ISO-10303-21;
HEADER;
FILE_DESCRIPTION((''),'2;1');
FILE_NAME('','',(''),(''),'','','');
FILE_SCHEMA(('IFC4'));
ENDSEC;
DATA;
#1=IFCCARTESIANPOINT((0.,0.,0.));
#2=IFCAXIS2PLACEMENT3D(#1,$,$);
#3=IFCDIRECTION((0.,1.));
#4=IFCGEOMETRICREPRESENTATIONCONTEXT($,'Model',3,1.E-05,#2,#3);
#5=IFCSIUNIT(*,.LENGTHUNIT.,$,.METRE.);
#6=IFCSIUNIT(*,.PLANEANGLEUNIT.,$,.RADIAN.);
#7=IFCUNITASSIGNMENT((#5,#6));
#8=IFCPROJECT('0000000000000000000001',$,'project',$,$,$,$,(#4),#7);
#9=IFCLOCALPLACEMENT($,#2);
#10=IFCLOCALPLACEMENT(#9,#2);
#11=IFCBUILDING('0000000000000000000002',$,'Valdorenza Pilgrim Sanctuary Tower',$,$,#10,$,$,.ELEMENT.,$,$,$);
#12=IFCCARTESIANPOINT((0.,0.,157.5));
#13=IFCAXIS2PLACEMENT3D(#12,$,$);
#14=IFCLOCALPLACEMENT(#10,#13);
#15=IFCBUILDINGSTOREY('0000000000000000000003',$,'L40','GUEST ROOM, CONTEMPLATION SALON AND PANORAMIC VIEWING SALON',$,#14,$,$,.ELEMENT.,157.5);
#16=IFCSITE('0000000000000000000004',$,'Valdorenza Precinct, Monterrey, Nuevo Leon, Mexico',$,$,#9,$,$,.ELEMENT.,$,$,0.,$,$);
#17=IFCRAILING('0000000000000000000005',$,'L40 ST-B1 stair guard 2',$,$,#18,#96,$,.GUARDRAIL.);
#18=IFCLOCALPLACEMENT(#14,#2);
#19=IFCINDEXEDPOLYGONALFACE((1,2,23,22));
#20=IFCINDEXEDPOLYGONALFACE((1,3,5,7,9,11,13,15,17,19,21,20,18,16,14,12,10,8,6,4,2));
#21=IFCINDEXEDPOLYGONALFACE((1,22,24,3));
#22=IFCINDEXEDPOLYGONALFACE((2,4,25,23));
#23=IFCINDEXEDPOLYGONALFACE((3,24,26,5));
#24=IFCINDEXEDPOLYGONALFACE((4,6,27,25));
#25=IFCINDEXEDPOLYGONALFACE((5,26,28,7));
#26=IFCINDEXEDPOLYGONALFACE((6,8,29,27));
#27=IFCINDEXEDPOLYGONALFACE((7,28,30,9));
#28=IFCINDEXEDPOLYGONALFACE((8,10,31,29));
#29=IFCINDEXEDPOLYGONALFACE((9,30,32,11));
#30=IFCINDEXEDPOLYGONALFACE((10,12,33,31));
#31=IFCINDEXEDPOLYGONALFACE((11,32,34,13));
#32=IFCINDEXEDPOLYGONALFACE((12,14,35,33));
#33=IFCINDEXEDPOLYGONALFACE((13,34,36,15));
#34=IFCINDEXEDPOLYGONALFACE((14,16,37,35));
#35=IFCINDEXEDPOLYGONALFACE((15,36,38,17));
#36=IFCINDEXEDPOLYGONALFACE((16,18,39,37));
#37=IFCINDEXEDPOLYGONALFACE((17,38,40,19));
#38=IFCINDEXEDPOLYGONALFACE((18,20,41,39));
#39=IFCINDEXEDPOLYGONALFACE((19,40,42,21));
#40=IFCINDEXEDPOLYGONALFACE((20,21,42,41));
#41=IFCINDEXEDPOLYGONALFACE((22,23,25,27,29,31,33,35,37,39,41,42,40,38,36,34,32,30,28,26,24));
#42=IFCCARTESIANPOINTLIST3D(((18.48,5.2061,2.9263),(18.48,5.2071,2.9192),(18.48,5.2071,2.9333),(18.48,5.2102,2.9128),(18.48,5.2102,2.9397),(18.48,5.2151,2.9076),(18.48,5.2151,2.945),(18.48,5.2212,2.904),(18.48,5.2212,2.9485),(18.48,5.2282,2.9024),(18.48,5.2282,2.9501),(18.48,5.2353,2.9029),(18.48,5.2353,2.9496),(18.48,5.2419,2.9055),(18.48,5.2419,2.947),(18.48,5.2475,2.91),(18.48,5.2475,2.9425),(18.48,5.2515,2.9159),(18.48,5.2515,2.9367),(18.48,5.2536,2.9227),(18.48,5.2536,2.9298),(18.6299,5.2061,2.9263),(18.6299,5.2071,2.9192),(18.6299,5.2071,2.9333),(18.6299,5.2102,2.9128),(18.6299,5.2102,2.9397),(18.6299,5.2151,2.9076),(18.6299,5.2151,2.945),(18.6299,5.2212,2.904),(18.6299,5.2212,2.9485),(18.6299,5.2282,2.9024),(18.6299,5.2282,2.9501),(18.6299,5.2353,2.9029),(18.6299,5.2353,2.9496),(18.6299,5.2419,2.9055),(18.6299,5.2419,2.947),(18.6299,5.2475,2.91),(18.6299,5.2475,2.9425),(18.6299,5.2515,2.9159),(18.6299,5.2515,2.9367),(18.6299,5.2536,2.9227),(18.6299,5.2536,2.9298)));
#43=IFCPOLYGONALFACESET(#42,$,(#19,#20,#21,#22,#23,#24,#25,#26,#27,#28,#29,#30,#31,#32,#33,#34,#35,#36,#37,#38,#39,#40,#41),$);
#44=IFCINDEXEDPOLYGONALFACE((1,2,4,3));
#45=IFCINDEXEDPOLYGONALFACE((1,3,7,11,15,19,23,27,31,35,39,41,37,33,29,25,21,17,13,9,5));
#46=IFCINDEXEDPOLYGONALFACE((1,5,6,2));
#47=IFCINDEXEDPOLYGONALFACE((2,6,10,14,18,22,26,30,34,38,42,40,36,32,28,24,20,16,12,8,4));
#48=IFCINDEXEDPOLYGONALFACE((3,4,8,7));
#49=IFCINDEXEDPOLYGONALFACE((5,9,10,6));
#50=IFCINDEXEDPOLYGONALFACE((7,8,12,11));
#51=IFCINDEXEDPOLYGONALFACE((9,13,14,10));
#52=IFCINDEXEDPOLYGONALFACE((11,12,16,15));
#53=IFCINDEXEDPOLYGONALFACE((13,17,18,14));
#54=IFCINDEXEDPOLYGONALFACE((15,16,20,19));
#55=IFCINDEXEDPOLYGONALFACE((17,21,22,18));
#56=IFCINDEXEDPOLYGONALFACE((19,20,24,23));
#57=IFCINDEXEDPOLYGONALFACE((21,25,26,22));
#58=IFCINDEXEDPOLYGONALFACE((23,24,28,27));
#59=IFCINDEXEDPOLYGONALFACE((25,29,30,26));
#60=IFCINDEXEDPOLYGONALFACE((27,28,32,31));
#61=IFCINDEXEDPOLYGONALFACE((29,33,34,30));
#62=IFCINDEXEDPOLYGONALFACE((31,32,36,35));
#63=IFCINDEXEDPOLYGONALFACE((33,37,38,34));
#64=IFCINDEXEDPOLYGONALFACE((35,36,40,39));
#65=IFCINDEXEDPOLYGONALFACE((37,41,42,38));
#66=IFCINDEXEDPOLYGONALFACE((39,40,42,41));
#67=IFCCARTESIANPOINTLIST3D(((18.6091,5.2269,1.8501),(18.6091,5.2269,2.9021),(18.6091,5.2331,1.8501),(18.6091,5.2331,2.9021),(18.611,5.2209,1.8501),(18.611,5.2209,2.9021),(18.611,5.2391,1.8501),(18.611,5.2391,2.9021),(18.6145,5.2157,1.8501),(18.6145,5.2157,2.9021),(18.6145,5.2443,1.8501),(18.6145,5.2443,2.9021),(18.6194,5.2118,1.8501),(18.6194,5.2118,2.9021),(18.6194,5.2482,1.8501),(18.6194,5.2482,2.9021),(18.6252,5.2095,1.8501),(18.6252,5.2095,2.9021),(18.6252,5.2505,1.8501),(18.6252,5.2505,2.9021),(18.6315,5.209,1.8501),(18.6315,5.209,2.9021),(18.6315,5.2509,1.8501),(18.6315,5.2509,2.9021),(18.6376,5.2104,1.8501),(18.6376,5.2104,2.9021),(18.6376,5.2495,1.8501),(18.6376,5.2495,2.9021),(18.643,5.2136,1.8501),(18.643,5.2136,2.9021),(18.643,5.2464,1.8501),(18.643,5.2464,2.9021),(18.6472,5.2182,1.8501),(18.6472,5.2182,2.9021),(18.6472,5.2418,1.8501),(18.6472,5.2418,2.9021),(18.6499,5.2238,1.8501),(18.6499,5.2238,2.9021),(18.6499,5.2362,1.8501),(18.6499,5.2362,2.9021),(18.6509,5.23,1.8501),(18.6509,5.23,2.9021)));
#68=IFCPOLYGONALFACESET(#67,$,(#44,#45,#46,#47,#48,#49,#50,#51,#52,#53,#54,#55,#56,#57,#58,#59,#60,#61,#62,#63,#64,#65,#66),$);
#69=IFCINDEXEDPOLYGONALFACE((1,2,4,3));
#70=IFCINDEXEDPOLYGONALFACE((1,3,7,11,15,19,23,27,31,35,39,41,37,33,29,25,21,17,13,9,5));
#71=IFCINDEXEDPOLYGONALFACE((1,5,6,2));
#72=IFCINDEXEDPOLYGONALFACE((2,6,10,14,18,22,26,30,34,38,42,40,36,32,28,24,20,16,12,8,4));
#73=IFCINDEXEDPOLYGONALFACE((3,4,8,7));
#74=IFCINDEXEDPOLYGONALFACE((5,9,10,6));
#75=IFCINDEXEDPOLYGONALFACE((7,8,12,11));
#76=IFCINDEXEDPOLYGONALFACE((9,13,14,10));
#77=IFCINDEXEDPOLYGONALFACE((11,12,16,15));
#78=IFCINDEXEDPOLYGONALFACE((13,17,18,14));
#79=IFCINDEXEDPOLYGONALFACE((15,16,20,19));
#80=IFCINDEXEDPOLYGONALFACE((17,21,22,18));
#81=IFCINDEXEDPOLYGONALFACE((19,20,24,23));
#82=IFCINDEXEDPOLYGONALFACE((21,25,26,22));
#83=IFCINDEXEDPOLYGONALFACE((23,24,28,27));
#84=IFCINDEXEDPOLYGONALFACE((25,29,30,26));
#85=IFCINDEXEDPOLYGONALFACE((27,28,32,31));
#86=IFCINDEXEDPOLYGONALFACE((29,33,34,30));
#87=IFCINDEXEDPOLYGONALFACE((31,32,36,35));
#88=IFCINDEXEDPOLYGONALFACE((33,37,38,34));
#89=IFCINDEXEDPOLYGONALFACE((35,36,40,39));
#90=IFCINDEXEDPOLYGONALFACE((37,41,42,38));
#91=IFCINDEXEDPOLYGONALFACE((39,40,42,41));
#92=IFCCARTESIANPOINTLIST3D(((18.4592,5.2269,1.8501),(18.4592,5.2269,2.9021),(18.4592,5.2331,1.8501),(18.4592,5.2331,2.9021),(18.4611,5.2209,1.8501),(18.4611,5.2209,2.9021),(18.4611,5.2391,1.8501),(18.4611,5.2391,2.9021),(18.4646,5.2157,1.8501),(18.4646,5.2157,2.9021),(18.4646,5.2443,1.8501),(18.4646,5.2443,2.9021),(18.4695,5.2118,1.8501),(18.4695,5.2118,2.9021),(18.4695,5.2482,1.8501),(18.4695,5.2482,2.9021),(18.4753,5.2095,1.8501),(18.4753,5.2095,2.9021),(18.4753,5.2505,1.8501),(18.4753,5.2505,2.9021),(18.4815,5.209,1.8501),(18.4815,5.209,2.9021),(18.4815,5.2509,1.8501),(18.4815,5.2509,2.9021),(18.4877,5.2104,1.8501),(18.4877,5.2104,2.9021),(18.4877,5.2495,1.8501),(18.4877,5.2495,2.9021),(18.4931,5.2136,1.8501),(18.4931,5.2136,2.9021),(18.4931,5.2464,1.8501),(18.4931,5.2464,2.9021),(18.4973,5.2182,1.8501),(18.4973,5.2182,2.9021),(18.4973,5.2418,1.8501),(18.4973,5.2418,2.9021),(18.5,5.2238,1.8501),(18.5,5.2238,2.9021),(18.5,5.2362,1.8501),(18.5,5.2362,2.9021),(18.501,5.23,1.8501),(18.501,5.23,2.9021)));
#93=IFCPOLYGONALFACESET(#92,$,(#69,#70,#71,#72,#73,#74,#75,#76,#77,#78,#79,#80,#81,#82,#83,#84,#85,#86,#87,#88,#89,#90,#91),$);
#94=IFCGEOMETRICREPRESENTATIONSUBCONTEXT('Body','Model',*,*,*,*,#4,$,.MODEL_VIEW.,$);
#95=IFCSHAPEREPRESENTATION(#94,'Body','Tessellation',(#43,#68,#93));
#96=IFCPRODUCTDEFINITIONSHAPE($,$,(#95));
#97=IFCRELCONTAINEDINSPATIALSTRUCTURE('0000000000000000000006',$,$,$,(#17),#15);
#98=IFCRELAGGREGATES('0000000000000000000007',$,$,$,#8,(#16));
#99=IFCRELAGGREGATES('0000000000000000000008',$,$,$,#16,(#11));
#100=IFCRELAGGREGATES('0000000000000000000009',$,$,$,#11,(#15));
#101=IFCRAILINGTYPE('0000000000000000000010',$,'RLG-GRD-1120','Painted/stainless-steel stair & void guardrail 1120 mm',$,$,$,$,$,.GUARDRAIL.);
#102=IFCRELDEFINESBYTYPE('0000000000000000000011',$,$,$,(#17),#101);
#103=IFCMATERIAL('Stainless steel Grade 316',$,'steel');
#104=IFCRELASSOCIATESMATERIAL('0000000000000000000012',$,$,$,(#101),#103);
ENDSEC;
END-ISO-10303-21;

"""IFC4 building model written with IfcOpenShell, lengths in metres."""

from ifc_helpers import new_model, si_unit, direction, frame, origin, origin_2d, place, context, subcontext, project, spatial, circle, extrude, material, type_object, element, save


model = new_model("IFC4")

# Units and contexts
model_context = context("Model", 3, precision=1e-05, world=origin(), true_north=direction((0.0, 1.0)))
body_context = subcontext(model_context, "Body", "Model", "MODEL_VIEW")
ifc_project = project(units=[si_unit("LENGTHUNIT", "METRE"), si_unit("PLANEANGLEUNIT", "RADIAN")], contexts=[model_context])

# Site, building, storey
site_placement = place(None, origin())
site = spatial("IfcSite", under=ifc_project, at=site_placement, Name="Valdorenza Precinct, Monterrey, Nuevo Leon, Mexico", CompositionType="ELEMENT", RefElevation=0.0)
building_placement = place(site_placement, origin())
building = spatial("IfcBuilding", under=site, at=building_placement, Name="Valdorenza Pilgrim Sanctuary Tower", CompositionType="ELEMENT")
storey_placement = place(building_placement, frame((0.0, 0.0, 157.5)))
storey = spatial("IfcBuildingStorey", under=building, at=storey_placement, Name="L40", Description="GUEST ROOM, CONTEMPLATION SALON AND PANORAMIC VIEWING SALON", CompositionType="ELEMENT", Elevation=157.5)

# Railing
ifc_material_1 = material(Name="Stainless steel Grade 316", Category="steel")
railing_type_1 = type_object("IfcRailingType", Name="RLG-GRD-1120", Description="Painted/stainless-steel stair & void guardrail 1120 mm", PredefinedType="GUARDRAIL", material=ifc_material_1)
railing_1_placement = place(storey_placement, frame((18.6299, 5.23, 1.8501)))
element("IfcRailing", 1, at=railing_1_placement, inside=storey, type_object=railing_type_1, Name="L40 ST-B1 stair guard 2", PredefinedType="GUARDRAIL", context=body_context, shape_type="SweptSolid", body=[
    extrude(circle(Radius=0.0239, at=origin_2d()), frame((0.0, 0.0, 1.0762), z_axis=(-1.0, 0.0, 0.0), x_axis=(0.0, -1.0, 0.0)), (0.0, 0.0, 1.0), 0.1499),
    extrude(circle(Radius=0.021, at=origin_2d()), origin(), (0.0, 0.0, 1.0), 1.052),
    extrude(circle(Radius=0.021, at=origin_2d()), frame((-0.1499, 0.0, 0.0)), (0.0, 0.0, 1.0), 1.052),
])

save(model, "model.ifc")
